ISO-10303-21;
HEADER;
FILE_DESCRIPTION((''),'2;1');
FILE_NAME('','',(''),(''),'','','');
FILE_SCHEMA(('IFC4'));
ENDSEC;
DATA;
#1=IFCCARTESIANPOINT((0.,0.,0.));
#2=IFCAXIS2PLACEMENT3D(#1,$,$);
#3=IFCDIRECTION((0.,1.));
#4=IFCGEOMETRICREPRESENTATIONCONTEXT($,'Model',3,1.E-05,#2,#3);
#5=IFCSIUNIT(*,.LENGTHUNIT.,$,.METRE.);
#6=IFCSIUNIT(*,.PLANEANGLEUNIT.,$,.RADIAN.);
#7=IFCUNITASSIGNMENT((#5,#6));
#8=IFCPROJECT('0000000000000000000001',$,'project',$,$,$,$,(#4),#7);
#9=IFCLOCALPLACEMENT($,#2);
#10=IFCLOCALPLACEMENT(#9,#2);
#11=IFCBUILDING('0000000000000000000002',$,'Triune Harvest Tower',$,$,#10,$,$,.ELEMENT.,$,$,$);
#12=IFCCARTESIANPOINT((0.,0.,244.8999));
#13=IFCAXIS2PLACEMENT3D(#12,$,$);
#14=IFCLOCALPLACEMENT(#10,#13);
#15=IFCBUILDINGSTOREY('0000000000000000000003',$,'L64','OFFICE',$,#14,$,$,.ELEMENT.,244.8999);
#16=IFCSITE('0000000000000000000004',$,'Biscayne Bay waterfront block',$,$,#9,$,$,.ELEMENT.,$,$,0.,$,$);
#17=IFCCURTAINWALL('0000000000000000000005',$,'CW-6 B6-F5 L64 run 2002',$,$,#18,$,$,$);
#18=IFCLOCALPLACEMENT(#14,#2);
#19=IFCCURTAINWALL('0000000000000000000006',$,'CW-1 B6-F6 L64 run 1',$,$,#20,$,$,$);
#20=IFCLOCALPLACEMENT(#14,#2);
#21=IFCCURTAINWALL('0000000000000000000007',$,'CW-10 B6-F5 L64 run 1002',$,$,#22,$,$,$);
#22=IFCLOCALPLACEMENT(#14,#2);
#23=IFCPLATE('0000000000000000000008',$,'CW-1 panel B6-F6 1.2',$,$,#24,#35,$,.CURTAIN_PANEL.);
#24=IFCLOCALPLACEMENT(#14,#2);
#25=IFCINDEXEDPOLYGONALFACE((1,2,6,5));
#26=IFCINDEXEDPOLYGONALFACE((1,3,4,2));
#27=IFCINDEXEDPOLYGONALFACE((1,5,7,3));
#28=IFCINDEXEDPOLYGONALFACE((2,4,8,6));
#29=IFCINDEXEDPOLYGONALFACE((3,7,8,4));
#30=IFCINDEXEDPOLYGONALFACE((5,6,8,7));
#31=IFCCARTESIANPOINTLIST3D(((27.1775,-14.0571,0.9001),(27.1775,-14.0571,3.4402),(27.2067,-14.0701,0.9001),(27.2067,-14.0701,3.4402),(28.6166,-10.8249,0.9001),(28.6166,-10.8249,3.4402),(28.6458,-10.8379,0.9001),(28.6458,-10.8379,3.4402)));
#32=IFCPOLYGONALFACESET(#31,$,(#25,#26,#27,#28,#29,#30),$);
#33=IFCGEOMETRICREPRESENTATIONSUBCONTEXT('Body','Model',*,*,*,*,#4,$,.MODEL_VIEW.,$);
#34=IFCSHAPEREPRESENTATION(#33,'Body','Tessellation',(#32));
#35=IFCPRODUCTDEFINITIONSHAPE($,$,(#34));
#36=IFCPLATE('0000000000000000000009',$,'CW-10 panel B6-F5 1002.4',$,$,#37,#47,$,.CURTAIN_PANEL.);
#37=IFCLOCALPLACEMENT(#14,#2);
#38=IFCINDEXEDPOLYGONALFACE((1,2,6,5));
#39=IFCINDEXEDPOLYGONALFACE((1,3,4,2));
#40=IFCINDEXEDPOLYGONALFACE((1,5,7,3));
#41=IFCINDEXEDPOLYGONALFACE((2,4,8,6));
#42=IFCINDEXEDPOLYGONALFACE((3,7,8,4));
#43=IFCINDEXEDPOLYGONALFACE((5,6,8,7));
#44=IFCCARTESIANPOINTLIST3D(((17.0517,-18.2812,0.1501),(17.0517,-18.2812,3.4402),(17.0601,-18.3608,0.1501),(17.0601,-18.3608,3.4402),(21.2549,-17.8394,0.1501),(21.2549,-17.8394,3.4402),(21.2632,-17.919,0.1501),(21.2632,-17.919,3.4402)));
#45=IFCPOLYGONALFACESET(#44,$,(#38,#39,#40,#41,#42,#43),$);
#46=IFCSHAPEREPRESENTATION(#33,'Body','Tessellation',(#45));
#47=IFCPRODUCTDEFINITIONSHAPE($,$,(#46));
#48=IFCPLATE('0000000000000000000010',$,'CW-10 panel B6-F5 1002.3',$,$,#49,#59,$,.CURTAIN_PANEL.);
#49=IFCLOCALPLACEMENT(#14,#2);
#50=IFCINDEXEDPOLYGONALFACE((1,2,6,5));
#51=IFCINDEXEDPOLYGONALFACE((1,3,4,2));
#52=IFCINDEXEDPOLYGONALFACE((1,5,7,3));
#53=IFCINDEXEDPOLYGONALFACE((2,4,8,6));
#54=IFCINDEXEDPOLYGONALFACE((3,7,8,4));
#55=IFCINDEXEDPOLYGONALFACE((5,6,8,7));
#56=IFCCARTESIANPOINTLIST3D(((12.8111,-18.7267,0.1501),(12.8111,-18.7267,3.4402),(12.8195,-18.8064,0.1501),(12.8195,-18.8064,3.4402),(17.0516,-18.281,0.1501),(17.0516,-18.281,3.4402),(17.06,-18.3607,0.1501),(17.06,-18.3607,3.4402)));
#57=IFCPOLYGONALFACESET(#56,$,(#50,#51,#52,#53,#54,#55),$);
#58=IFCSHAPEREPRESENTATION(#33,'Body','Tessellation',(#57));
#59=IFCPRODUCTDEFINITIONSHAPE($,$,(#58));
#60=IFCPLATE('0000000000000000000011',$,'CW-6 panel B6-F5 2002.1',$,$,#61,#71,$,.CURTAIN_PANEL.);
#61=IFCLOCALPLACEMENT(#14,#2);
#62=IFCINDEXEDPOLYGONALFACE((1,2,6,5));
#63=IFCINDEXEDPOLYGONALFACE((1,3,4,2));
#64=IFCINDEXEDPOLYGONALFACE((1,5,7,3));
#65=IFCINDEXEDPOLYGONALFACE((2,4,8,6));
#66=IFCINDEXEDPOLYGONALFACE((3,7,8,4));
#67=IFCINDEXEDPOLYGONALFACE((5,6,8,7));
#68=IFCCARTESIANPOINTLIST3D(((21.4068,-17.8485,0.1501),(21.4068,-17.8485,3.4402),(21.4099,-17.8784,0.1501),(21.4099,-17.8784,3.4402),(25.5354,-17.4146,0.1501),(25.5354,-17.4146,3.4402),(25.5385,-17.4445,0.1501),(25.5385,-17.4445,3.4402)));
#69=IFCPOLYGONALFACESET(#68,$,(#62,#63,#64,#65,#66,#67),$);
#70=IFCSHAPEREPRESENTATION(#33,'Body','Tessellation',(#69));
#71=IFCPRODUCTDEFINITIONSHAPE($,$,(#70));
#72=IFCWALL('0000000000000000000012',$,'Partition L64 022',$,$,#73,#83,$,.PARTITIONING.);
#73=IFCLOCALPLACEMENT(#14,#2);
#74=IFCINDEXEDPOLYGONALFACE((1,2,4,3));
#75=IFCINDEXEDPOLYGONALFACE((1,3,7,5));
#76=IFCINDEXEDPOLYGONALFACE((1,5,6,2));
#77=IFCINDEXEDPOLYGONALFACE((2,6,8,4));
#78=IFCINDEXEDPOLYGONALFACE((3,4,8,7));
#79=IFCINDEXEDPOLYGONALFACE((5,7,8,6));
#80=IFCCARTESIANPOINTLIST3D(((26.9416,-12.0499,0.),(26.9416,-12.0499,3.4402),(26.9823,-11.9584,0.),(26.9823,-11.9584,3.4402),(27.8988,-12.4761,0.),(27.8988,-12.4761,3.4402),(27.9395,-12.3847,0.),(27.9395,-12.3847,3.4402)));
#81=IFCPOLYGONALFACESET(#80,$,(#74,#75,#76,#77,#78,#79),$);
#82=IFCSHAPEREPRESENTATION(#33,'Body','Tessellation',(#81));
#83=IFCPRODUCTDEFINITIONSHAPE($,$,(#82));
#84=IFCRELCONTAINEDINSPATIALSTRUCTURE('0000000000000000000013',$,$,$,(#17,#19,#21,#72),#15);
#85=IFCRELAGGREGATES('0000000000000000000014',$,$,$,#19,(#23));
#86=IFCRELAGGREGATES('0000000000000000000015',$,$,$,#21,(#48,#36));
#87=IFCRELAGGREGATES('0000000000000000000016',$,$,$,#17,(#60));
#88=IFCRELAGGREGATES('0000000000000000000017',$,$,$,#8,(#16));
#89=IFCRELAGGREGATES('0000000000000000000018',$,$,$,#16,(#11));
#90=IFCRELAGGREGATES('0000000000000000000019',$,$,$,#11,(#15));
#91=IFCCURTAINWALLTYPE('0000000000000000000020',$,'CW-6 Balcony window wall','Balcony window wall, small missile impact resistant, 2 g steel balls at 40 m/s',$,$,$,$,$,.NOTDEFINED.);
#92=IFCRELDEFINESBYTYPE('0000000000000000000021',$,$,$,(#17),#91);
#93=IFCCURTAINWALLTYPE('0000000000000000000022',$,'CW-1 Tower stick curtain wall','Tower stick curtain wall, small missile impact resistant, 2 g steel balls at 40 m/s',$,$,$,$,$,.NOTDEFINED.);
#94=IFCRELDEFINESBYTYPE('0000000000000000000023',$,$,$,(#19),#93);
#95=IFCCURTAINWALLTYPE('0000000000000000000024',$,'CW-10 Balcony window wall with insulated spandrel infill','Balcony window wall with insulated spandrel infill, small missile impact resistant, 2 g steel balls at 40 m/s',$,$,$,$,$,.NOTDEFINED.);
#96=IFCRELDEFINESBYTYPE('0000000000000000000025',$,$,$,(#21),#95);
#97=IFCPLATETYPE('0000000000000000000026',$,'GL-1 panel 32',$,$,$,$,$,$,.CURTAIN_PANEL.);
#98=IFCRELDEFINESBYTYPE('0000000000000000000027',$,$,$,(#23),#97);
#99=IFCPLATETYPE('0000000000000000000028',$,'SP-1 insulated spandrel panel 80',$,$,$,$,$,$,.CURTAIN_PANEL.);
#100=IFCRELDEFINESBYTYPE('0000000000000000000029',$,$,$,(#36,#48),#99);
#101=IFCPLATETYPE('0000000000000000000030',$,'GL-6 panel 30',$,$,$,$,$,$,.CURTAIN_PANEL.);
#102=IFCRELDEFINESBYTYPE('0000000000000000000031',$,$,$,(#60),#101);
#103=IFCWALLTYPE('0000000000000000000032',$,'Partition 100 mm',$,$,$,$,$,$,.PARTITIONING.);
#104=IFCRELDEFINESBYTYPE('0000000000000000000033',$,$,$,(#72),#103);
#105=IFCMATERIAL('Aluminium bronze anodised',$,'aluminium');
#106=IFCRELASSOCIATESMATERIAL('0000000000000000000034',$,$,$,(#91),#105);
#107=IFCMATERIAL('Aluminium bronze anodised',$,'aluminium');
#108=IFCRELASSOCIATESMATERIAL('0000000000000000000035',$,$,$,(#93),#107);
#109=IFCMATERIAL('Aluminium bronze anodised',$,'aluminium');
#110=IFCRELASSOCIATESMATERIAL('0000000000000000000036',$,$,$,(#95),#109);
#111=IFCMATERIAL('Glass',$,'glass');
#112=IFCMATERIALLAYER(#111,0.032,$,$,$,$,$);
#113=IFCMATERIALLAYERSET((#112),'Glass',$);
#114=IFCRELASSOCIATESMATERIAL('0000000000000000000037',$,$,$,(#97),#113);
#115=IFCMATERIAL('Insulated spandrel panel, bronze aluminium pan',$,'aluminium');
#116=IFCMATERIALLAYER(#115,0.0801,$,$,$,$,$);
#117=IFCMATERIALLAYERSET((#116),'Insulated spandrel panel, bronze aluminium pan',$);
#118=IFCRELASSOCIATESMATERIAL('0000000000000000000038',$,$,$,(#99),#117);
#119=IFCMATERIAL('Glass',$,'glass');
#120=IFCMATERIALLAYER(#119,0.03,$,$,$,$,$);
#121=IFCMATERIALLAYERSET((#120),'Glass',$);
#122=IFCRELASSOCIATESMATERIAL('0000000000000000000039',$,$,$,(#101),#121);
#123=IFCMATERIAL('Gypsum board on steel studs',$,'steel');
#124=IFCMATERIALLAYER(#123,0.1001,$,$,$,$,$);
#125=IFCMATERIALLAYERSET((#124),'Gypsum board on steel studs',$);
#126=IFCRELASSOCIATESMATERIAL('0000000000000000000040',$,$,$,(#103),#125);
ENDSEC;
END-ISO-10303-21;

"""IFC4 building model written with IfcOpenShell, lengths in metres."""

from ifc_helpers import new_model, si_unit, direction, frame, frame_2d, origin, origin_2d, place, context, subcontext, project, spatial, rectangle, extrude, source, transform, mapped, material, layer, layer_set, type_object, element, aggregate, save


model = new_model("IFC4")

# Units and contexts
model_context = context("Model", 3, precision=1e-05, world=origin(), true_north=direction((0.0, 1.0)))
body_context = subcontext(model_context, "Body", "Model", "MODEL_VIEW")
ifc_project = project(units=[si_unit("LENGTHUNIT", "METRE"), si_unit("PLANEANGLEUNIT", "RADIAN")], contexts=[model_context])

# Site, building, storey
site_placement = place(None, origin())
site = spatial("IfcSite", under=ifc_project, at=site_placement, Name="Biscayne Bay waterfront block", CompositionType="ELEMENT", RefElevation=0.0)
building_placement = place(site_placement, origin())
building = spatial("IfcBuilding", under=site, at=building_placement, Name="Triune Harvest Tower", CompositionType="ELEMENT")
storey_placement = place(building_placement, frame((0.0, 0.0, 244.8999)))
storey = spatial("IfcBuildingStorey", under=building, at=storey_placement, Name="L64", Description="OFFICE", CompositionType="ELEMENT", Elevation=244.8999)

# Curtain wall
ifc_material_1 = material(Name="Aluminium bronze anodised", Category="aluminium")
curtain_wall_type_1 = type_object("IfcCurtainWallType", Name="CW-6 Balcony window wall", Description="Balcony window wall, small missile impact resistant, 2 g steel balls at 40 m/s", PredefinedType="NOTDEFINED", material=ifc_material_1)
curtain_wall_1_placement = place(storey_placement, origin())
curtain_wall_1 = element("IfcCurtainWall", 1, at=curtain_wall_1_placement, inside=storey, type_object=curtain_wall_type_1, Name="CW-6 B6-F5 L64 run 2002")

# Curtain wall
ifc_material_2 = material(Name="Aluminium bronze anodised", Category="aluminium")
curtain_wall_type_2 = type_object("IfcCurtainWallType", Name="CW-1 Tower stick curtain wall", Description="Tower stick curtain wall, small missile impact resistant, 2 g steel balls at 40 m/s", PredefinedType="NOTDEFINED", material=ifc_material_2)
curtain_wall_2_placement = place(storey_placement, origin())
curtain_wall_2 = element("IfcCurtainWall", 2, at=curtain_wall_2_placement, inside=storey, type_object=curtain_wall_type_2, Name="CW-1 B6-F6 L64 run 1")

# Curtain wall
ifc_material_3 = material(Name="Aluminium bronze anodised", Category="aluminium")
curtain_wall_type_3 = type_object("IfcCurtainWallType", Name="CW-10 Balcony window wall with insulated spandrel infill", Description="Balcony window wall with insulated spandrel infill, small missile impact resistant, 2 g steel balls at 40 m/s", PredefinedType="NOTDEFINED", material=ifc_material_3)
curtain_wall_3_placement = place(storey_placement, origin())
curtain_wall_3 = element("IfcCurtainWall", 3, at=curtain_wall_3_placement, inside=storey, type_object=curtain_wall_type_3, Name="CW-10 B6-F5 L64 run 1002")

# Plates
ifc_material_4 = material(Name="Glass", Category="glass")
ifc_layer_1 = layer(ifc_material_4, 0.032)
ifc_layer_set_1 = layer_set([ifc_layer_1], Name="Glass")
plate_type_1 = type_object("IfcPlateType", Name="GL-1 panel 32", PredefinedType="CURTAIN_PANEL", material=ifc_layer_set_1)
shared_shape_1 = source(origin(), body_context, "Body", "SweptSolid", [
    extrude(rectangle(XDim=3.5381, YDim=0.032, at=origin_2d()), origin(), (0.0, 0.0, 1.0), 2.54),
])
plate_1_placement = place(storey_placement, frame((27.9116, -12.4475, 0.9001), z_axis=(0.0, 0.0, 1.0), x_axis=(0.406743, 0.913543, 0.0)))
plate_1 = element("IfcPlate", 4, at=plate_1_placement, type_object=plate_type_1, Name="CW-1 panel B6-F6 1.2", PredefinedType="CURTAIN_PANEL", context=body_context, shape_type="MappedRepresentation", body=[
    mapped(shared_shape_1, transform((0.0, 0.0, 0.0), scale=1.0)),
])
aggregate(curtain_wall_2, [plate_1])
ifc_material_5 = material(Name="Insulated spandrel panel, bronze aluminium pan", Category="aluminium")
ifc_layer_2 = layer(ifc_material_5, 0.0801)
ifc_layer_set_2 = layer_set([ifc_layer_2], Name="Insulated spandrel panel, bronze aluminium pan")
plate_type_2 = type_object("IfcPlateType", Name="SP-1 insulated spandrel panel 80", PredefinedType="CURTAIN_PANEL", material=ifc_layer_set_2)
shared_shape_2 = source(origin(), body_context, "Body", "SweptSolid", [
    extrude(rectangle(XDim=4.2263, YDim=0.0801, at=origin_2d()), origin(), (0.0, 0.0, 1.0), 3.29),
])
plate_2_placement = place(storey_placement, frame((19.1575, -18.1001, 0.1501), z_axis=(0.0, 0.0, 1.0), x_axis=(0.994522, 0.10453, 0.0)))
plate_2 = element("IfcPlate", 5, at=plate_2_placement, type_object=plate_type_2, Name="CW-10 panel B6-F5 1002.4", PredefinedType="CURTAIN_PANEL", context=body_context, shape_type="MappedRepresentation", body=[
    mapped(shared_shape_2, transform((0.0, 0.0, 0.0), scale=1.0)),
])
shared_shape_3 = source(origin(), body_context, "Body", "SweptSolid", [
    extrude(rectangle(XDim=4.2639, YDim=0.0801, at=origin_2d()), origin(), (0.0, 0.0, 1.0), 3.29),
])
plate_3_placement = place(storey_placement, frame((14.9355, -18.5437, 0.1501), z_axis=(0.0, 0.0, 1.0), x_axis=(0.994522, 0.10453, 0.0)))
plate_3 = element("IfcPlate", 6, at=plate_3_placement, type_object=plate_type_2, Name="CW-10 panel B6-F5 1002.3", PredefinedType="CURTAIN_PANEL", context=body_context, shape_type="MappedRepresentation", body=[
    mapped(shared_shape_3, transform((0.0, 0.0, 0.0), scale=1.0)),
])
aggregate(curtain_wall_3, [plate_3, plate_2])
ifc_material_6 = material(Name="Glass", Category="glass")
ifc_layer_3 = layer(ifc_material_6, 0.03)
ifc_layer_set_3 = layer_set([ifc_layer_3], Name="Glass")
plate_type_3 = type_object("IfcPlateType", Name="GL-6 panel 30", PredefinedType="CURTAIN_PANEL", material=ifc_layer_set_3)
shared_shape_4 = source(origin(), body_context, "Body", "SweptSolid", [
    extrude(rectangle(XDim=4.1514, YDim=0.03, at=origin_2d()), origin(), (0.0, 0.0, 1.0), 3.29),
])
plate_4_placement = place(storey_placement, frame((23.4727, -17.6465, 0.1501), z_axis=(0.0, 0.0, 1.0), x_axis=(0.994522, 0.104523, 0.0)))
plate_4 = element("IfcPlate", 7, at=plate_4_placement, type_object=plate_type_3, Name="CW-6 panel B6-F5 2002.1", PredefinedType="CURTAIN_PANEL", context=body_context, shape_type="MappedRepresentation", body=[
    mapped(shared_shape_4, transform((0.0, 0.0, 0.0), scale=1.0)),
])
aggregate(curtain_wall_1, [plate_4])

# Wall
ifc_material_7 = material(Name="Gypsum board on steel studs", Category="steel")
ifc_layer_4 = layer(ifc_material_7, 0.1001)
ifc_layer_set_4 = layer_set([ifc_layer_4], Name="Gypsum board on steel studs")
wall_type = type_object("IfcWallType", Name="Partition 100 mm", PredefinedType="PARTITIONING", material=ifc_layer_set_4)
shared_shape_5 = source(origin(), body_context, "Body", "SweptSolid", [
    extrude(rectangle(XDim=1.0479, YDim=0.1001, at=frame_2d((0.5239, 0.0))), origin(), (0.0, 0.0, 1.0), 3.4402),
])
wall_placement = place(storey_placement, frame((26.9619, -12.0042, 0.0), z_axis=(0.0, 0.0, 1.0), x_axis=(0.913523, -0.406787, 0.0)))
element("IfcWall", 8, at=wall_placement, inside=storey, type_object=wall_type, Name="Partition L64 022", PredefinedType="PARTITIONING", context=body_context, shape_type="MappedRepresentation", body=[
    mapped(shared_shape_5, transform((0.0, 0.0, 0.0), scale=1.0)),
])

save(model, "model.ifc")
